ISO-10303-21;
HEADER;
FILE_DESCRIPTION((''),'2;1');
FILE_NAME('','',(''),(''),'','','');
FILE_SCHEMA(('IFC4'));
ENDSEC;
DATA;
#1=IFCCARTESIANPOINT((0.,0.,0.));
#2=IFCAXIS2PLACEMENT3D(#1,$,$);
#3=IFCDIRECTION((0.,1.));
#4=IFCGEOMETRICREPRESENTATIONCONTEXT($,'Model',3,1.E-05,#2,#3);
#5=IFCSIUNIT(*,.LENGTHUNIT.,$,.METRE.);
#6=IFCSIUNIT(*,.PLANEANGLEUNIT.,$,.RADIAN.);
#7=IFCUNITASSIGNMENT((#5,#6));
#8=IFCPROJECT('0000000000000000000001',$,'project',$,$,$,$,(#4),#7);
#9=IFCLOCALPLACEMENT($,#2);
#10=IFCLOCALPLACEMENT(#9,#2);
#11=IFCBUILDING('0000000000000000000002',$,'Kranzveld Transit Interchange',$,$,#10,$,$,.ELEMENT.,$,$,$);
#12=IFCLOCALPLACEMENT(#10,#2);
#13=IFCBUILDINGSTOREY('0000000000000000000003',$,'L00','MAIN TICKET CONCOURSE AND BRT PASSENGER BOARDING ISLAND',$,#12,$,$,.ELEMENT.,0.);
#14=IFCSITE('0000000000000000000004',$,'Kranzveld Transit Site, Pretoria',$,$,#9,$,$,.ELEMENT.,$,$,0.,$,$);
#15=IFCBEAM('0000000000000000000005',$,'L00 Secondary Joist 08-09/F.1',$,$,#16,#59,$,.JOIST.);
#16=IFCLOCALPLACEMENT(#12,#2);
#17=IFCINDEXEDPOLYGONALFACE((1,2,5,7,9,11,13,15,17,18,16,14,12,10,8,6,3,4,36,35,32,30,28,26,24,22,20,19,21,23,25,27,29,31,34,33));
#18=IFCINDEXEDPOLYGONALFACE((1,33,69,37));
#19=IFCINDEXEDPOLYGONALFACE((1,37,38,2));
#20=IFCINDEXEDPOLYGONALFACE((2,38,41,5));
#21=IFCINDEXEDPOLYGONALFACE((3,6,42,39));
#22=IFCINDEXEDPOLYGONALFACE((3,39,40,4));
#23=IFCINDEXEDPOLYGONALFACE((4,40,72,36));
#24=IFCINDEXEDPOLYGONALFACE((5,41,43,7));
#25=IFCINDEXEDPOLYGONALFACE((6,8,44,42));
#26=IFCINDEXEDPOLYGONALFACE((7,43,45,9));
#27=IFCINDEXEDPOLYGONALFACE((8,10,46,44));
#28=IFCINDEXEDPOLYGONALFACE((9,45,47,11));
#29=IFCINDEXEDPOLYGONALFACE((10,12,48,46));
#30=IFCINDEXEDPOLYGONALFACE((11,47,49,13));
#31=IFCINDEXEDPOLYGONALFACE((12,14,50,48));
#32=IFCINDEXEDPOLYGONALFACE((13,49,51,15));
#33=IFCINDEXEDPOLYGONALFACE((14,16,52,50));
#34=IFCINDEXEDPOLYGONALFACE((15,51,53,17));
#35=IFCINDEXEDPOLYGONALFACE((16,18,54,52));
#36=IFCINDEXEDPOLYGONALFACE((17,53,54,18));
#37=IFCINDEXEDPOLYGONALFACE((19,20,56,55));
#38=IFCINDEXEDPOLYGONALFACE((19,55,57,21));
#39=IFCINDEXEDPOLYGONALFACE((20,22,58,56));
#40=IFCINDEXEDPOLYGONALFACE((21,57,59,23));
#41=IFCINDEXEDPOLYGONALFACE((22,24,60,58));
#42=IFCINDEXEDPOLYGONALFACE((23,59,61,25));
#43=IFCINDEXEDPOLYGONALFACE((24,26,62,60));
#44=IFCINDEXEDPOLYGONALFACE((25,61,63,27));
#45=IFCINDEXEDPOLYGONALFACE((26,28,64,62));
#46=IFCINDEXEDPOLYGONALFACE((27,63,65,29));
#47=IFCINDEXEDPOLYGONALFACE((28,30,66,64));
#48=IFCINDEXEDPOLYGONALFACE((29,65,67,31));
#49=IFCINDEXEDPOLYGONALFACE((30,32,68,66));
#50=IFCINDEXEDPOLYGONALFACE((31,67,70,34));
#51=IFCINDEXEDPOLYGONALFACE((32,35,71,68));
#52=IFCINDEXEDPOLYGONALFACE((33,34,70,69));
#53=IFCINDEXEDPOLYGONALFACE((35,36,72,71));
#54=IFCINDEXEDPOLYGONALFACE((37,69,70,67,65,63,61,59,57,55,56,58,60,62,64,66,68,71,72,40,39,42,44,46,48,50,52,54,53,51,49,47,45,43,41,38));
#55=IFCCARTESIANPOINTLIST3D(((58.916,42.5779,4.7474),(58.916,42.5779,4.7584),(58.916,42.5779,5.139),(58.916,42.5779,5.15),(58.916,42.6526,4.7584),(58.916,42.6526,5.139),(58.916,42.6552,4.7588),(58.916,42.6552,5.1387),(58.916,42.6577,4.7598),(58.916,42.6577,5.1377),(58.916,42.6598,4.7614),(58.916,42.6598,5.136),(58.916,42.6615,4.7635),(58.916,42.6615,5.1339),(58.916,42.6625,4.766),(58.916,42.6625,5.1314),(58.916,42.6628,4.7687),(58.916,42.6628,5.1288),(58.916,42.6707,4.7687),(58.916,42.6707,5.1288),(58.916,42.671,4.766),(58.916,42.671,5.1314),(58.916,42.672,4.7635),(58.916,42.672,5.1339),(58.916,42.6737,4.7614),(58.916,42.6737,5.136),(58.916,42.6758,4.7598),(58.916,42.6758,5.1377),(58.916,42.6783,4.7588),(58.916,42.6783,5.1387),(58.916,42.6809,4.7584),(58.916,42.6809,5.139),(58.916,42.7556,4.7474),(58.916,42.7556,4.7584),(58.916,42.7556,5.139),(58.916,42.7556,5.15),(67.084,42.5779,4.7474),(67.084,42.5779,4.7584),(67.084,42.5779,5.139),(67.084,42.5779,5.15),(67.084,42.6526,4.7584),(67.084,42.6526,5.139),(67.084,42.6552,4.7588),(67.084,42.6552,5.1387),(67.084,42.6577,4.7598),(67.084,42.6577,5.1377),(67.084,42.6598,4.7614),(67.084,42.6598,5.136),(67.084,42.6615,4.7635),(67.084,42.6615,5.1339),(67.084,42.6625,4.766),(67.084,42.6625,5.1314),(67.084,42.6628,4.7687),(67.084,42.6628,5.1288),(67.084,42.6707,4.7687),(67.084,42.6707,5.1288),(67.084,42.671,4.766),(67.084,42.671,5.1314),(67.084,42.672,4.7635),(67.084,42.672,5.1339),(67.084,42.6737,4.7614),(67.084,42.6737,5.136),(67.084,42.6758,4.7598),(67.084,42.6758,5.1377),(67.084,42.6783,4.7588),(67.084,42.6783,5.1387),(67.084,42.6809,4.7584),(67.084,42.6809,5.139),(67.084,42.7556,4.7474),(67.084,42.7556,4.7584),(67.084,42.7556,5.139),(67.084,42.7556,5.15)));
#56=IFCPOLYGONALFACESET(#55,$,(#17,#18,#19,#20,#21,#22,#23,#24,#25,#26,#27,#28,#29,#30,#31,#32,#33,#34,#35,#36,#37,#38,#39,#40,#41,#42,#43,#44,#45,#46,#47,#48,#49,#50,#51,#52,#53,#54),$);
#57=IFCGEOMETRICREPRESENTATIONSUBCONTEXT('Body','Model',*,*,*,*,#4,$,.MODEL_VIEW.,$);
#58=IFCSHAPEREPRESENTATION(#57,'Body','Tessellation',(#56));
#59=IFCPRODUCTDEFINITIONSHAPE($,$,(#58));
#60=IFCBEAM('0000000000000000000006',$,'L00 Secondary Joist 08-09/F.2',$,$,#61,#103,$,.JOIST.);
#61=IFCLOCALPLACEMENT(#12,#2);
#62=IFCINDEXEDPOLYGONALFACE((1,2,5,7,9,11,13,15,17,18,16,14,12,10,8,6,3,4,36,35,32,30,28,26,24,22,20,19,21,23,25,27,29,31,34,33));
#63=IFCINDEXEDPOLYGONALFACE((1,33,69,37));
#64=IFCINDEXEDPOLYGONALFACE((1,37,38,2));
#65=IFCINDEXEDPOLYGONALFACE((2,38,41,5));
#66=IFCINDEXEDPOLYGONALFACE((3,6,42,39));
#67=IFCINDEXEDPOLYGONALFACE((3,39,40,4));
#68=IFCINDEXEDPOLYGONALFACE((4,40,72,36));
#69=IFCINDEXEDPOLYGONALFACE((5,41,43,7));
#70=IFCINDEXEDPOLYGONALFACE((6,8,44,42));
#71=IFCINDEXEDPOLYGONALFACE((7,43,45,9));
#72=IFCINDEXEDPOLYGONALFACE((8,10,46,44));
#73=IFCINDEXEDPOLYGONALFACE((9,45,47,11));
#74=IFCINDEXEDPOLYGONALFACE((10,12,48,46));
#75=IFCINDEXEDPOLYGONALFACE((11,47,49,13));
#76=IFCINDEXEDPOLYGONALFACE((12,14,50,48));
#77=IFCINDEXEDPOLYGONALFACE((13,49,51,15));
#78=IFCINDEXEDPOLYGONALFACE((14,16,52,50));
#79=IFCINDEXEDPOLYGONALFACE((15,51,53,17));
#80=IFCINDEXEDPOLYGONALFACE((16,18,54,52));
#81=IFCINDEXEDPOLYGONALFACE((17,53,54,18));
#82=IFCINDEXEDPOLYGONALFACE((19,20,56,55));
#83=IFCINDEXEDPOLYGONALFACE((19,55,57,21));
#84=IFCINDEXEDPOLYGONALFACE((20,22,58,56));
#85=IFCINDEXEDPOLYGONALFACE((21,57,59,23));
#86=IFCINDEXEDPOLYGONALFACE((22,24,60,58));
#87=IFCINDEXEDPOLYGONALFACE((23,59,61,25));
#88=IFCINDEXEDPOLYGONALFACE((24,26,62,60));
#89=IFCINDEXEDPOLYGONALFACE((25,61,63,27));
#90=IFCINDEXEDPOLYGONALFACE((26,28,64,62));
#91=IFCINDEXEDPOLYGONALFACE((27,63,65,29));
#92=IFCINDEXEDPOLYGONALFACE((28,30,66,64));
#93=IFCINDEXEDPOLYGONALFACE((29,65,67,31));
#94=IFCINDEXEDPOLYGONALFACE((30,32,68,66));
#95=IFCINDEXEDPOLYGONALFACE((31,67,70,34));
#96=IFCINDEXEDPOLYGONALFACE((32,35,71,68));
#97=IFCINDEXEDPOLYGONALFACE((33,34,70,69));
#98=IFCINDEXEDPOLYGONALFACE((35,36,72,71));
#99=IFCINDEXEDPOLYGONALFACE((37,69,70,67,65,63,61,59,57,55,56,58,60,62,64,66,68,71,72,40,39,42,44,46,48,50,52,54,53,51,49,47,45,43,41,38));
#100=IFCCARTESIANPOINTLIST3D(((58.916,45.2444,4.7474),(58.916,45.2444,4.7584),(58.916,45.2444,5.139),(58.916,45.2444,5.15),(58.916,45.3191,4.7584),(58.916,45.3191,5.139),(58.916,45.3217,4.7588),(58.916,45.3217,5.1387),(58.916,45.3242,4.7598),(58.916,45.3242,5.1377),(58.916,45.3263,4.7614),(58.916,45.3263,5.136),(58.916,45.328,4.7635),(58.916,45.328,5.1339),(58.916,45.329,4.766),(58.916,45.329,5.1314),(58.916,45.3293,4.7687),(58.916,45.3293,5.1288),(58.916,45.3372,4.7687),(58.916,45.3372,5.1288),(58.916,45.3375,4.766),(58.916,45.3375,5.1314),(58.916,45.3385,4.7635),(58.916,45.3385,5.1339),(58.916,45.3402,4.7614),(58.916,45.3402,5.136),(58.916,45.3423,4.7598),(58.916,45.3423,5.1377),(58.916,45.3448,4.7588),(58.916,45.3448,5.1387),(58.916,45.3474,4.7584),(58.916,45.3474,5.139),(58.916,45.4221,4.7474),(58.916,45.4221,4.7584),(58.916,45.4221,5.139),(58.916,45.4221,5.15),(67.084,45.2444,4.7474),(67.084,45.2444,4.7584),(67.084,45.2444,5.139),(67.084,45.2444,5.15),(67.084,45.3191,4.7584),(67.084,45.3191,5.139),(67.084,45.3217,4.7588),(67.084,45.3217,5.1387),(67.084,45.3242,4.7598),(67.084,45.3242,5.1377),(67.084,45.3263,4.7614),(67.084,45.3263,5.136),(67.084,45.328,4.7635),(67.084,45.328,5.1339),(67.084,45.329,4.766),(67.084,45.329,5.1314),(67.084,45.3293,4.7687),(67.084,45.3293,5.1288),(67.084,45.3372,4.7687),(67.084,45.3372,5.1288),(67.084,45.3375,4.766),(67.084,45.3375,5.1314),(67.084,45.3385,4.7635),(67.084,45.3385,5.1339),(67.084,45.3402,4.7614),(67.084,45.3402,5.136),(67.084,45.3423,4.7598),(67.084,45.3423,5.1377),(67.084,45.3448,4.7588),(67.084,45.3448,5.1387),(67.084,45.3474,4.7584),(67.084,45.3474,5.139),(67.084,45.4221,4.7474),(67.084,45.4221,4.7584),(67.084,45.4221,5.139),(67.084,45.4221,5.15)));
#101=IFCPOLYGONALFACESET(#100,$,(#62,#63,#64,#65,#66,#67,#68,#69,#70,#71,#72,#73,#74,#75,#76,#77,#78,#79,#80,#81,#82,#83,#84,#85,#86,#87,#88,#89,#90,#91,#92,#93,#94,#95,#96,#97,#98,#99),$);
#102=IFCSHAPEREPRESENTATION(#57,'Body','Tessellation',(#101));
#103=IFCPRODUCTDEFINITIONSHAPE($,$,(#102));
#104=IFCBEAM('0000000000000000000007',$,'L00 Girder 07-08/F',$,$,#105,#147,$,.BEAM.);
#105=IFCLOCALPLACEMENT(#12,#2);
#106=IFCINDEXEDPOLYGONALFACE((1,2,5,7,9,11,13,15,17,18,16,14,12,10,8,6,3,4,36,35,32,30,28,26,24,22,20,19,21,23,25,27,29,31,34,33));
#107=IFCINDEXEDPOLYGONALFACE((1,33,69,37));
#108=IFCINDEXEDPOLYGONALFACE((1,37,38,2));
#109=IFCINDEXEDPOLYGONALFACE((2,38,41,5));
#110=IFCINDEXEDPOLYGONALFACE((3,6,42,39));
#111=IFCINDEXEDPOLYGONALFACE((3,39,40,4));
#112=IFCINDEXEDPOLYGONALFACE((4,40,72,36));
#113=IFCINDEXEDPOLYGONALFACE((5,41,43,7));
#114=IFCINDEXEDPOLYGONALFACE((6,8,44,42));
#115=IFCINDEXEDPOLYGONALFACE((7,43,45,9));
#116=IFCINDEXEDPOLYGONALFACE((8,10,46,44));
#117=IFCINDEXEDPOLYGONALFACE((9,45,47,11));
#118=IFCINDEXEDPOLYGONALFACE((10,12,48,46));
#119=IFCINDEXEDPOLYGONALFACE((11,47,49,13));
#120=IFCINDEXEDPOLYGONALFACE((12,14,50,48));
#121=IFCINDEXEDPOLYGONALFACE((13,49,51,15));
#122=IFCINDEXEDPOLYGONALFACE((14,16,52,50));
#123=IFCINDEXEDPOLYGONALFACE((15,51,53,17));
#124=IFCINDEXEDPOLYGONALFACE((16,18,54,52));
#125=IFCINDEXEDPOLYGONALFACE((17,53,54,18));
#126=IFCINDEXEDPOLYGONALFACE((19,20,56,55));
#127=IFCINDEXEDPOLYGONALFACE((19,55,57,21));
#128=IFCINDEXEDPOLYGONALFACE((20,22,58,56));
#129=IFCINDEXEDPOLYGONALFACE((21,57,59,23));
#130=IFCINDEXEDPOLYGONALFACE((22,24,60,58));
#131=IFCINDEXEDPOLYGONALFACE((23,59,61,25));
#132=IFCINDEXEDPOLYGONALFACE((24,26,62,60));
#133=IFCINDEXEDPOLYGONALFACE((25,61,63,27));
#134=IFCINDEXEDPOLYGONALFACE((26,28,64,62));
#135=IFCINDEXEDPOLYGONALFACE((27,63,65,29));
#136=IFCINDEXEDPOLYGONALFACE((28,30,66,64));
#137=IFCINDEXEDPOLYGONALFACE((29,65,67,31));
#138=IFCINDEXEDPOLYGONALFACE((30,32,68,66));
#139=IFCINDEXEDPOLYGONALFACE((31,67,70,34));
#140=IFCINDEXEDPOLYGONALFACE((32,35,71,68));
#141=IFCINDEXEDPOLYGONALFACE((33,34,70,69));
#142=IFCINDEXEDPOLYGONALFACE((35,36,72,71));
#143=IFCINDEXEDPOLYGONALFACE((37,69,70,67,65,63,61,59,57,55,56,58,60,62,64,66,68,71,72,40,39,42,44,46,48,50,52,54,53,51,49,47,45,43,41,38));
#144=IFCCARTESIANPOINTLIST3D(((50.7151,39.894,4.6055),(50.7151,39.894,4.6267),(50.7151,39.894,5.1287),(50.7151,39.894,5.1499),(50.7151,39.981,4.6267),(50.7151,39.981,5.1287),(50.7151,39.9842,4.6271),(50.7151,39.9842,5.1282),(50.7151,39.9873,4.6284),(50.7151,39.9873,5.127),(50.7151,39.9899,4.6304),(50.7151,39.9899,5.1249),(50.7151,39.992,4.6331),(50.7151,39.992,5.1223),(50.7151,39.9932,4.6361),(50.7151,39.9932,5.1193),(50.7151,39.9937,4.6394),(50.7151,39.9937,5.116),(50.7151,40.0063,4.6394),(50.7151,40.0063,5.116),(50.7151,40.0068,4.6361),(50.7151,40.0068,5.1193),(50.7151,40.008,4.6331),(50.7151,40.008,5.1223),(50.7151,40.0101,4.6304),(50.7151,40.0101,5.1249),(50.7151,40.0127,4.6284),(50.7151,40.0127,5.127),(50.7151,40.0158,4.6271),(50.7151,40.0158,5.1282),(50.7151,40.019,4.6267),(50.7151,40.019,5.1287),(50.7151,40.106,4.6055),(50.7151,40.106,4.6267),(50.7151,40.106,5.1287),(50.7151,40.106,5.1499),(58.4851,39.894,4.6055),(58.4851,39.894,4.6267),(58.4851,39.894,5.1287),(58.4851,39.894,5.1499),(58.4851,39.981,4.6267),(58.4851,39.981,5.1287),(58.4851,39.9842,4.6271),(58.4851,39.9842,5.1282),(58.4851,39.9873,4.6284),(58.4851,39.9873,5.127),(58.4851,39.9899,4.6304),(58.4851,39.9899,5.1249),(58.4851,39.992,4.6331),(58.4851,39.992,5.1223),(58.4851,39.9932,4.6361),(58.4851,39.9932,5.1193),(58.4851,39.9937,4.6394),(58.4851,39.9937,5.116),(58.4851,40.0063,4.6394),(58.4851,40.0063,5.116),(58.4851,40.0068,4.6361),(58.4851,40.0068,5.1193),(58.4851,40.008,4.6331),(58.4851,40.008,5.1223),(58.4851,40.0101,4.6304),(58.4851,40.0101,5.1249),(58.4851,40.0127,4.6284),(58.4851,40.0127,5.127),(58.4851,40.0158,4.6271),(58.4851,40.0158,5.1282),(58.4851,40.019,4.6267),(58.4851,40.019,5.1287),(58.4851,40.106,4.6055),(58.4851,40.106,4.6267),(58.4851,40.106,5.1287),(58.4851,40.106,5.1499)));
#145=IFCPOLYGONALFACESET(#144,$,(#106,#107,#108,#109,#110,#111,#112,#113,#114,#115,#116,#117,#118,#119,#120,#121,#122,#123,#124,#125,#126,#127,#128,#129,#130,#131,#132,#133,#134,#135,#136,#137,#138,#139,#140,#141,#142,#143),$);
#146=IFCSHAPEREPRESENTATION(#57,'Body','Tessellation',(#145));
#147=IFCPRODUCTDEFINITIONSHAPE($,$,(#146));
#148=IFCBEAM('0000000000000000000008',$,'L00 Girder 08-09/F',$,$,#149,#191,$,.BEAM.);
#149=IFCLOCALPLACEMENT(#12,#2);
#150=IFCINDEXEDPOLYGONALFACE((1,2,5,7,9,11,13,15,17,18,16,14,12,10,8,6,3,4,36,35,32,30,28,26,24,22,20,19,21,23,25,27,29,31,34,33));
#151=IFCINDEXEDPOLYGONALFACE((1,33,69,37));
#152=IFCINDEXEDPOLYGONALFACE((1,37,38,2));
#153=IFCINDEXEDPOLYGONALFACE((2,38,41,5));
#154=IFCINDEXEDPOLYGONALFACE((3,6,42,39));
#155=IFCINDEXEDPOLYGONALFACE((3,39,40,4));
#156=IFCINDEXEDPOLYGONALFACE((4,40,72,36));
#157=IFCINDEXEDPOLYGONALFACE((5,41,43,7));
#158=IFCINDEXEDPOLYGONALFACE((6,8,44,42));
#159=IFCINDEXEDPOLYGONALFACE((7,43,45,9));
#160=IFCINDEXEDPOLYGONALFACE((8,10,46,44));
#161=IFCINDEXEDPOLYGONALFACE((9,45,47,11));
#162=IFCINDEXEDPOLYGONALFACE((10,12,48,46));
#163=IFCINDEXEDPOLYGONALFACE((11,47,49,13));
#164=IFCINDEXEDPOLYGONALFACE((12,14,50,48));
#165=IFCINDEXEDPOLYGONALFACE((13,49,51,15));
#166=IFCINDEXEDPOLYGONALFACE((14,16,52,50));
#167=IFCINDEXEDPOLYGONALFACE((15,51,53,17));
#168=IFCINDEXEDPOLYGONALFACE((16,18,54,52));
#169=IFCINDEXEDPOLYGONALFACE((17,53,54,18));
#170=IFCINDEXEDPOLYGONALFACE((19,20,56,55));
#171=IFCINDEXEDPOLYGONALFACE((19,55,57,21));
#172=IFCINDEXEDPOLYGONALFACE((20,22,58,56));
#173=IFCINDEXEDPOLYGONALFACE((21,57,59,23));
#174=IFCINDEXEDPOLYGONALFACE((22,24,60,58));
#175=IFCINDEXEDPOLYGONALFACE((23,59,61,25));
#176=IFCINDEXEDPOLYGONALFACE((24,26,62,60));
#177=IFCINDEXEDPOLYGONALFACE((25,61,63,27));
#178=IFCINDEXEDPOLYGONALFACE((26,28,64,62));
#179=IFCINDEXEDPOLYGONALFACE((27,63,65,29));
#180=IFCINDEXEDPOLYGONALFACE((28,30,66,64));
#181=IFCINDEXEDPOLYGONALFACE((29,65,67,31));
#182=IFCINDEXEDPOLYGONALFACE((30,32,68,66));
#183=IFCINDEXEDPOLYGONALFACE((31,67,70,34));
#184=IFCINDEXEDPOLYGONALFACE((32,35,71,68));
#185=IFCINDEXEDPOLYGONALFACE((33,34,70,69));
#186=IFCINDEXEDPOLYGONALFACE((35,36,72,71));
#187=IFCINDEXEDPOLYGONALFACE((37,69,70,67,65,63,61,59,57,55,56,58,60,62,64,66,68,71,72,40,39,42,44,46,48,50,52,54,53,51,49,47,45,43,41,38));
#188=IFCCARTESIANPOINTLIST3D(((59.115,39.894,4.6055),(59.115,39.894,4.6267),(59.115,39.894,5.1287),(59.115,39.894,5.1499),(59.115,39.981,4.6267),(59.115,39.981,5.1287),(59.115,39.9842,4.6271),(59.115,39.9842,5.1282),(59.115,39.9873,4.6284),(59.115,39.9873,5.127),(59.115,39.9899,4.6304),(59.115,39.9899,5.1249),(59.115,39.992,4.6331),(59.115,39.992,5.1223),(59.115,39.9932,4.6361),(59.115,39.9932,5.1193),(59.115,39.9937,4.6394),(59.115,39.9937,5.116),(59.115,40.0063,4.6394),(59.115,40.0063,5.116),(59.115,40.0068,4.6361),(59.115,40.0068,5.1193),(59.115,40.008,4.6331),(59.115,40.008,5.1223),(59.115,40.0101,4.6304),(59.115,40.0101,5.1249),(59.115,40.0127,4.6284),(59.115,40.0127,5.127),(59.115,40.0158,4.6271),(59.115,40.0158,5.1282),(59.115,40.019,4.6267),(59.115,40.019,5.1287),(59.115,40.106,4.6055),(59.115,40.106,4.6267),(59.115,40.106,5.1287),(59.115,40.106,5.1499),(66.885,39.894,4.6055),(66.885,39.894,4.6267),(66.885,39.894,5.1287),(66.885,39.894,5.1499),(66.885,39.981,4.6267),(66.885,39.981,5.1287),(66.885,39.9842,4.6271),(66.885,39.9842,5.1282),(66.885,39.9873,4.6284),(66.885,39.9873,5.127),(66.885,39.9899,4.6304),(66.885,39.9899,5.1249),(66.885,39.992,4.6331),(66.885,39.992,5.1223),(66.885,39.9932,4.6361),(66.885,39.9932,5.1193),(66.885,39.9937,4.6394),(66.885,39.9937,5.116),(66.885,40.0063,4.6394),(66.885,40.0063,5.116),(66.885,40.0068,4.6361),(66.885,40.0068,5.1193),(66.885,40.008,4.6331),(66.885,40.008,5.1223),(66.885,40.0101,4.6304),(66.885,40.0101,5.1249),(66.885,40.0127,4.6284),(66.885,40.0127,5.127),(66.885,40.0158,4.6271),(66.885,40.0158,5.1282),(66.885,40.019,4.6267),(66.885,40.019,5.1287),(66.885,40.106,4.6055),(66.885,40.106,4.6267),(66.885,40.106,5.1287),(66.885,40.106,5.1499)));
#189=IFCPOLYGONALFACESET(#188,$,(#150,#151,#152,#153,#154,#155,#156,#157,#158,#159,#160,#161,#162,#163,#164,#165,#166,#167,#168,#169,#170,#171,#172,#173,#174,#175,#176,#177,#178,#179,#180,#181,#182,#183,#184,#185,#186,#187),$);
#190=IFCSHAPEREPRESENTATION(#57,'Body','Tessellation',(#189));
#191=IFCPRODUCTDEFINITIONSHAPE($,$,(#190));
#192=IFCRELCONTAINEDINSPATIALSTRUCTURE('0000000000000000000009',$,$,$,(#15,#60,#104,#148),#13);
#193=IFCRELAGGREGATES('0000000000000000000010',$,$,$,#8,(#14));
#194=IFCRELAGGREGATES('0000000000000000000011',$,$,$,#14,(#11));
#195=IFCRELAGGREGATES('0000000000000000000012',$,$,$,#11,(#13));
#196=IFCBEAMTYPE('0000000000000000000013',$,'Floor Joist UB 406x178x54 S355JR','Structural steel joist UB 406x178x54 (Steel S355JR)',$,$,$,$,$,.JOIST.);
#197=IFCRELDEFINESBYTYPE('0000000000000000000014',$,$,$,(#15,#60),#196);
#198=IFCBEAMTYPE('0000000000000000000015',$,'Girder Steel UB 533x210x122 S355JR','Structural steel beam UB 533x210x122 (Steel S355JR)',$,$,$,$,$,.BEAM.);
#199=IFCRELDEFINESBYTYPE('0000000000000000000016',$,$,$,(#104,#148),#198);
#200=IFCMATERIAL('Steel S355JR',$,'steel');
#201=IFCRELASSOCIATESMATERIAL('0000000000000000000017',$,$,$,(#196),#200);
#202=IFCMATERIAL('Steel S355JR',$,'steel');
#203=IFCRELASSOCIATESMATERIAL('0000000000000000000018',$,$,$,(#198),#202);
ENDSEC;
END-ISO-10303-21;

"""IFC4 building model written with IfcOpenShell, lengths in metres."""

from ifc_helpers import new_model, si_unit, direction, frame, origin, origin_2d, place, context, subcontext, project, spatial, i_section, extrude, material, material_profile, profile_set, type_object, element, save


model = new_model("IFC4")

# Units and contexts
model_context = context("Model", 3, precision=1e-05, world=origin(), true_north=direction((0.0, 1.0)))
body_context = subcontext(model_context, "Body", "Model", "MODEL_VIEW")
ifc_project = project(units=[si_unit("LENGTHUNIT", "METRE"), si_unit("PLANEANGLEUNIT", "RADIAN")], contexts=[model_context])

# Site, building, storey
site_placement = place(None, origin())
site = spatial("IfcSite", under=ifc_project, at=site_placement, Name="Kranzveld Transit Site, Pretoria", CompositionType="ELEMENT", RefElevation=0.0)
building_placement = place(site_placement, origin())
building = spatial("IfcBuilding", under=site, at=building_placement, Name="Kranzveld Transit Interchange", CompositionType="ELEMENT")
storey_placement = place(building_placement, origin())
storey = spatial("IfcBuildingStorey", under=building, at=storey_placement, Name="L00", Description="MAIN TICKET CONCOURSE AND BRT PASSENGER BOARDING ISLAND", CompositionType="ELEMENT", Elevation=0.0)

# Beams
ifc_material_1 = material(Name="Steel S355JR", Category="steel")
ifc_material_profile_1 = material_profile(ifc_material_1, i_section(OverallWidth=0.1777, OverallDepth=0.4026, WebThickness=0.0078, FlangeThickness=0.011, FilletRadius=0.0103, at=origin_2d()), Name="UB 406x178x54")
ifc_profile_set_1 = profile_set([ifc_material_profile_1], Name="Steel S355JR")
beam_type_1 = type_object("IfcBeamType", Name="Floor Joist UB 406x178x54 S355JR", Description="Structural steel joist UB 406x178x54 (Steel S355JR)", PredefinedType="JOIST", material=ifc_profile_set_1)
for number, where, z_axis, x_axis, name in (
    (1, (58.916, 42.6667, 4.9487), (1.0, 0.0, 0.0), (0.0, 1.0, 0.0), "L00 Secondary Joist 08-09/F.1"),
    (2, (58.916, 45.3333, 4.9487), (1.0, 0.0, 0.0), (0.0, 1.0, 0.0), "L00 Secondary Joist 08-09/F.2"),
):
    element("IfcBeam", number, at=place(storey_placement, frame(where, z_axis=z_axis, x_axis=x_axis)), inside=storey, type_object=beam_type_1, Name=name, PredefinedType="JOIST", context=body_context, shape_type="SweptSolid", body=[
        extrude(i_section(OverallWidth=0.1777, OverallDepth=0.4026, WebThickness=0.0078, FlangeThickness=0.011, FilletRadius=0.0103, at=origin_2d()), origin(), (0.0, 0.0, 1.0), 8.168),
    ])
ifc_material_2 = material(Name="Steel S355JR", Category="steel")
ifc_material_profile_2 = material_profile(ifc_material_2, i_section(OverallWidth=0.2119, OverallDepth=0.5444, WebThickness=0.0127, FlangeThickness=0.0212, FilletRadius=0.0127, at=origin_2d()), Name="UB 533x210x122")
ifc_profile_set_2 = profile_set([ifc_material_profile_2], Name="Steel S355JR")
beam_type_2 = type_object("IfcBeamType", Name="Girder Steel UB 533x210x122 S355JR", Description="Structural steel beam UB 533x210x122 (Steel S355JR)", PredefinedType="BEAM", material=ifc_profile_set_2)
for number, where, z_axis, x_axis, name in (
    (3, (50.7151, 40.0, 4.8777), (1.0, 0.0, 0.0), (0.0, 1.0, 0.0), "L00 Girder 07-08/F"),
    (4, (59.115, 40.0, 4.8777), (1.0, 0.0, 0.0), (0.0, 1.0, 0.0), "L00 Girder 08-09/F"),
):
    element("IfcBeam", number, at=place(storey_placement, frame(where, z_axis=z_axis, x_axis=x_axis)), inside=storey, type_object=beam_type_2, Name=name, PredefinedType="BEAM", context=body_context, shape_type="SweptSolid", body=[
        extrude(i_section(OverallWidth=0.2119, OverallDepth=0.5444, WebThickness=0.0127, FlangeThickness=0.0212, FilletRadius=0.0127, at=origin_2d()), origin(), (0.0, 0.0, 1.0), 7.77),
    ])

save(model, "model.ifc")
